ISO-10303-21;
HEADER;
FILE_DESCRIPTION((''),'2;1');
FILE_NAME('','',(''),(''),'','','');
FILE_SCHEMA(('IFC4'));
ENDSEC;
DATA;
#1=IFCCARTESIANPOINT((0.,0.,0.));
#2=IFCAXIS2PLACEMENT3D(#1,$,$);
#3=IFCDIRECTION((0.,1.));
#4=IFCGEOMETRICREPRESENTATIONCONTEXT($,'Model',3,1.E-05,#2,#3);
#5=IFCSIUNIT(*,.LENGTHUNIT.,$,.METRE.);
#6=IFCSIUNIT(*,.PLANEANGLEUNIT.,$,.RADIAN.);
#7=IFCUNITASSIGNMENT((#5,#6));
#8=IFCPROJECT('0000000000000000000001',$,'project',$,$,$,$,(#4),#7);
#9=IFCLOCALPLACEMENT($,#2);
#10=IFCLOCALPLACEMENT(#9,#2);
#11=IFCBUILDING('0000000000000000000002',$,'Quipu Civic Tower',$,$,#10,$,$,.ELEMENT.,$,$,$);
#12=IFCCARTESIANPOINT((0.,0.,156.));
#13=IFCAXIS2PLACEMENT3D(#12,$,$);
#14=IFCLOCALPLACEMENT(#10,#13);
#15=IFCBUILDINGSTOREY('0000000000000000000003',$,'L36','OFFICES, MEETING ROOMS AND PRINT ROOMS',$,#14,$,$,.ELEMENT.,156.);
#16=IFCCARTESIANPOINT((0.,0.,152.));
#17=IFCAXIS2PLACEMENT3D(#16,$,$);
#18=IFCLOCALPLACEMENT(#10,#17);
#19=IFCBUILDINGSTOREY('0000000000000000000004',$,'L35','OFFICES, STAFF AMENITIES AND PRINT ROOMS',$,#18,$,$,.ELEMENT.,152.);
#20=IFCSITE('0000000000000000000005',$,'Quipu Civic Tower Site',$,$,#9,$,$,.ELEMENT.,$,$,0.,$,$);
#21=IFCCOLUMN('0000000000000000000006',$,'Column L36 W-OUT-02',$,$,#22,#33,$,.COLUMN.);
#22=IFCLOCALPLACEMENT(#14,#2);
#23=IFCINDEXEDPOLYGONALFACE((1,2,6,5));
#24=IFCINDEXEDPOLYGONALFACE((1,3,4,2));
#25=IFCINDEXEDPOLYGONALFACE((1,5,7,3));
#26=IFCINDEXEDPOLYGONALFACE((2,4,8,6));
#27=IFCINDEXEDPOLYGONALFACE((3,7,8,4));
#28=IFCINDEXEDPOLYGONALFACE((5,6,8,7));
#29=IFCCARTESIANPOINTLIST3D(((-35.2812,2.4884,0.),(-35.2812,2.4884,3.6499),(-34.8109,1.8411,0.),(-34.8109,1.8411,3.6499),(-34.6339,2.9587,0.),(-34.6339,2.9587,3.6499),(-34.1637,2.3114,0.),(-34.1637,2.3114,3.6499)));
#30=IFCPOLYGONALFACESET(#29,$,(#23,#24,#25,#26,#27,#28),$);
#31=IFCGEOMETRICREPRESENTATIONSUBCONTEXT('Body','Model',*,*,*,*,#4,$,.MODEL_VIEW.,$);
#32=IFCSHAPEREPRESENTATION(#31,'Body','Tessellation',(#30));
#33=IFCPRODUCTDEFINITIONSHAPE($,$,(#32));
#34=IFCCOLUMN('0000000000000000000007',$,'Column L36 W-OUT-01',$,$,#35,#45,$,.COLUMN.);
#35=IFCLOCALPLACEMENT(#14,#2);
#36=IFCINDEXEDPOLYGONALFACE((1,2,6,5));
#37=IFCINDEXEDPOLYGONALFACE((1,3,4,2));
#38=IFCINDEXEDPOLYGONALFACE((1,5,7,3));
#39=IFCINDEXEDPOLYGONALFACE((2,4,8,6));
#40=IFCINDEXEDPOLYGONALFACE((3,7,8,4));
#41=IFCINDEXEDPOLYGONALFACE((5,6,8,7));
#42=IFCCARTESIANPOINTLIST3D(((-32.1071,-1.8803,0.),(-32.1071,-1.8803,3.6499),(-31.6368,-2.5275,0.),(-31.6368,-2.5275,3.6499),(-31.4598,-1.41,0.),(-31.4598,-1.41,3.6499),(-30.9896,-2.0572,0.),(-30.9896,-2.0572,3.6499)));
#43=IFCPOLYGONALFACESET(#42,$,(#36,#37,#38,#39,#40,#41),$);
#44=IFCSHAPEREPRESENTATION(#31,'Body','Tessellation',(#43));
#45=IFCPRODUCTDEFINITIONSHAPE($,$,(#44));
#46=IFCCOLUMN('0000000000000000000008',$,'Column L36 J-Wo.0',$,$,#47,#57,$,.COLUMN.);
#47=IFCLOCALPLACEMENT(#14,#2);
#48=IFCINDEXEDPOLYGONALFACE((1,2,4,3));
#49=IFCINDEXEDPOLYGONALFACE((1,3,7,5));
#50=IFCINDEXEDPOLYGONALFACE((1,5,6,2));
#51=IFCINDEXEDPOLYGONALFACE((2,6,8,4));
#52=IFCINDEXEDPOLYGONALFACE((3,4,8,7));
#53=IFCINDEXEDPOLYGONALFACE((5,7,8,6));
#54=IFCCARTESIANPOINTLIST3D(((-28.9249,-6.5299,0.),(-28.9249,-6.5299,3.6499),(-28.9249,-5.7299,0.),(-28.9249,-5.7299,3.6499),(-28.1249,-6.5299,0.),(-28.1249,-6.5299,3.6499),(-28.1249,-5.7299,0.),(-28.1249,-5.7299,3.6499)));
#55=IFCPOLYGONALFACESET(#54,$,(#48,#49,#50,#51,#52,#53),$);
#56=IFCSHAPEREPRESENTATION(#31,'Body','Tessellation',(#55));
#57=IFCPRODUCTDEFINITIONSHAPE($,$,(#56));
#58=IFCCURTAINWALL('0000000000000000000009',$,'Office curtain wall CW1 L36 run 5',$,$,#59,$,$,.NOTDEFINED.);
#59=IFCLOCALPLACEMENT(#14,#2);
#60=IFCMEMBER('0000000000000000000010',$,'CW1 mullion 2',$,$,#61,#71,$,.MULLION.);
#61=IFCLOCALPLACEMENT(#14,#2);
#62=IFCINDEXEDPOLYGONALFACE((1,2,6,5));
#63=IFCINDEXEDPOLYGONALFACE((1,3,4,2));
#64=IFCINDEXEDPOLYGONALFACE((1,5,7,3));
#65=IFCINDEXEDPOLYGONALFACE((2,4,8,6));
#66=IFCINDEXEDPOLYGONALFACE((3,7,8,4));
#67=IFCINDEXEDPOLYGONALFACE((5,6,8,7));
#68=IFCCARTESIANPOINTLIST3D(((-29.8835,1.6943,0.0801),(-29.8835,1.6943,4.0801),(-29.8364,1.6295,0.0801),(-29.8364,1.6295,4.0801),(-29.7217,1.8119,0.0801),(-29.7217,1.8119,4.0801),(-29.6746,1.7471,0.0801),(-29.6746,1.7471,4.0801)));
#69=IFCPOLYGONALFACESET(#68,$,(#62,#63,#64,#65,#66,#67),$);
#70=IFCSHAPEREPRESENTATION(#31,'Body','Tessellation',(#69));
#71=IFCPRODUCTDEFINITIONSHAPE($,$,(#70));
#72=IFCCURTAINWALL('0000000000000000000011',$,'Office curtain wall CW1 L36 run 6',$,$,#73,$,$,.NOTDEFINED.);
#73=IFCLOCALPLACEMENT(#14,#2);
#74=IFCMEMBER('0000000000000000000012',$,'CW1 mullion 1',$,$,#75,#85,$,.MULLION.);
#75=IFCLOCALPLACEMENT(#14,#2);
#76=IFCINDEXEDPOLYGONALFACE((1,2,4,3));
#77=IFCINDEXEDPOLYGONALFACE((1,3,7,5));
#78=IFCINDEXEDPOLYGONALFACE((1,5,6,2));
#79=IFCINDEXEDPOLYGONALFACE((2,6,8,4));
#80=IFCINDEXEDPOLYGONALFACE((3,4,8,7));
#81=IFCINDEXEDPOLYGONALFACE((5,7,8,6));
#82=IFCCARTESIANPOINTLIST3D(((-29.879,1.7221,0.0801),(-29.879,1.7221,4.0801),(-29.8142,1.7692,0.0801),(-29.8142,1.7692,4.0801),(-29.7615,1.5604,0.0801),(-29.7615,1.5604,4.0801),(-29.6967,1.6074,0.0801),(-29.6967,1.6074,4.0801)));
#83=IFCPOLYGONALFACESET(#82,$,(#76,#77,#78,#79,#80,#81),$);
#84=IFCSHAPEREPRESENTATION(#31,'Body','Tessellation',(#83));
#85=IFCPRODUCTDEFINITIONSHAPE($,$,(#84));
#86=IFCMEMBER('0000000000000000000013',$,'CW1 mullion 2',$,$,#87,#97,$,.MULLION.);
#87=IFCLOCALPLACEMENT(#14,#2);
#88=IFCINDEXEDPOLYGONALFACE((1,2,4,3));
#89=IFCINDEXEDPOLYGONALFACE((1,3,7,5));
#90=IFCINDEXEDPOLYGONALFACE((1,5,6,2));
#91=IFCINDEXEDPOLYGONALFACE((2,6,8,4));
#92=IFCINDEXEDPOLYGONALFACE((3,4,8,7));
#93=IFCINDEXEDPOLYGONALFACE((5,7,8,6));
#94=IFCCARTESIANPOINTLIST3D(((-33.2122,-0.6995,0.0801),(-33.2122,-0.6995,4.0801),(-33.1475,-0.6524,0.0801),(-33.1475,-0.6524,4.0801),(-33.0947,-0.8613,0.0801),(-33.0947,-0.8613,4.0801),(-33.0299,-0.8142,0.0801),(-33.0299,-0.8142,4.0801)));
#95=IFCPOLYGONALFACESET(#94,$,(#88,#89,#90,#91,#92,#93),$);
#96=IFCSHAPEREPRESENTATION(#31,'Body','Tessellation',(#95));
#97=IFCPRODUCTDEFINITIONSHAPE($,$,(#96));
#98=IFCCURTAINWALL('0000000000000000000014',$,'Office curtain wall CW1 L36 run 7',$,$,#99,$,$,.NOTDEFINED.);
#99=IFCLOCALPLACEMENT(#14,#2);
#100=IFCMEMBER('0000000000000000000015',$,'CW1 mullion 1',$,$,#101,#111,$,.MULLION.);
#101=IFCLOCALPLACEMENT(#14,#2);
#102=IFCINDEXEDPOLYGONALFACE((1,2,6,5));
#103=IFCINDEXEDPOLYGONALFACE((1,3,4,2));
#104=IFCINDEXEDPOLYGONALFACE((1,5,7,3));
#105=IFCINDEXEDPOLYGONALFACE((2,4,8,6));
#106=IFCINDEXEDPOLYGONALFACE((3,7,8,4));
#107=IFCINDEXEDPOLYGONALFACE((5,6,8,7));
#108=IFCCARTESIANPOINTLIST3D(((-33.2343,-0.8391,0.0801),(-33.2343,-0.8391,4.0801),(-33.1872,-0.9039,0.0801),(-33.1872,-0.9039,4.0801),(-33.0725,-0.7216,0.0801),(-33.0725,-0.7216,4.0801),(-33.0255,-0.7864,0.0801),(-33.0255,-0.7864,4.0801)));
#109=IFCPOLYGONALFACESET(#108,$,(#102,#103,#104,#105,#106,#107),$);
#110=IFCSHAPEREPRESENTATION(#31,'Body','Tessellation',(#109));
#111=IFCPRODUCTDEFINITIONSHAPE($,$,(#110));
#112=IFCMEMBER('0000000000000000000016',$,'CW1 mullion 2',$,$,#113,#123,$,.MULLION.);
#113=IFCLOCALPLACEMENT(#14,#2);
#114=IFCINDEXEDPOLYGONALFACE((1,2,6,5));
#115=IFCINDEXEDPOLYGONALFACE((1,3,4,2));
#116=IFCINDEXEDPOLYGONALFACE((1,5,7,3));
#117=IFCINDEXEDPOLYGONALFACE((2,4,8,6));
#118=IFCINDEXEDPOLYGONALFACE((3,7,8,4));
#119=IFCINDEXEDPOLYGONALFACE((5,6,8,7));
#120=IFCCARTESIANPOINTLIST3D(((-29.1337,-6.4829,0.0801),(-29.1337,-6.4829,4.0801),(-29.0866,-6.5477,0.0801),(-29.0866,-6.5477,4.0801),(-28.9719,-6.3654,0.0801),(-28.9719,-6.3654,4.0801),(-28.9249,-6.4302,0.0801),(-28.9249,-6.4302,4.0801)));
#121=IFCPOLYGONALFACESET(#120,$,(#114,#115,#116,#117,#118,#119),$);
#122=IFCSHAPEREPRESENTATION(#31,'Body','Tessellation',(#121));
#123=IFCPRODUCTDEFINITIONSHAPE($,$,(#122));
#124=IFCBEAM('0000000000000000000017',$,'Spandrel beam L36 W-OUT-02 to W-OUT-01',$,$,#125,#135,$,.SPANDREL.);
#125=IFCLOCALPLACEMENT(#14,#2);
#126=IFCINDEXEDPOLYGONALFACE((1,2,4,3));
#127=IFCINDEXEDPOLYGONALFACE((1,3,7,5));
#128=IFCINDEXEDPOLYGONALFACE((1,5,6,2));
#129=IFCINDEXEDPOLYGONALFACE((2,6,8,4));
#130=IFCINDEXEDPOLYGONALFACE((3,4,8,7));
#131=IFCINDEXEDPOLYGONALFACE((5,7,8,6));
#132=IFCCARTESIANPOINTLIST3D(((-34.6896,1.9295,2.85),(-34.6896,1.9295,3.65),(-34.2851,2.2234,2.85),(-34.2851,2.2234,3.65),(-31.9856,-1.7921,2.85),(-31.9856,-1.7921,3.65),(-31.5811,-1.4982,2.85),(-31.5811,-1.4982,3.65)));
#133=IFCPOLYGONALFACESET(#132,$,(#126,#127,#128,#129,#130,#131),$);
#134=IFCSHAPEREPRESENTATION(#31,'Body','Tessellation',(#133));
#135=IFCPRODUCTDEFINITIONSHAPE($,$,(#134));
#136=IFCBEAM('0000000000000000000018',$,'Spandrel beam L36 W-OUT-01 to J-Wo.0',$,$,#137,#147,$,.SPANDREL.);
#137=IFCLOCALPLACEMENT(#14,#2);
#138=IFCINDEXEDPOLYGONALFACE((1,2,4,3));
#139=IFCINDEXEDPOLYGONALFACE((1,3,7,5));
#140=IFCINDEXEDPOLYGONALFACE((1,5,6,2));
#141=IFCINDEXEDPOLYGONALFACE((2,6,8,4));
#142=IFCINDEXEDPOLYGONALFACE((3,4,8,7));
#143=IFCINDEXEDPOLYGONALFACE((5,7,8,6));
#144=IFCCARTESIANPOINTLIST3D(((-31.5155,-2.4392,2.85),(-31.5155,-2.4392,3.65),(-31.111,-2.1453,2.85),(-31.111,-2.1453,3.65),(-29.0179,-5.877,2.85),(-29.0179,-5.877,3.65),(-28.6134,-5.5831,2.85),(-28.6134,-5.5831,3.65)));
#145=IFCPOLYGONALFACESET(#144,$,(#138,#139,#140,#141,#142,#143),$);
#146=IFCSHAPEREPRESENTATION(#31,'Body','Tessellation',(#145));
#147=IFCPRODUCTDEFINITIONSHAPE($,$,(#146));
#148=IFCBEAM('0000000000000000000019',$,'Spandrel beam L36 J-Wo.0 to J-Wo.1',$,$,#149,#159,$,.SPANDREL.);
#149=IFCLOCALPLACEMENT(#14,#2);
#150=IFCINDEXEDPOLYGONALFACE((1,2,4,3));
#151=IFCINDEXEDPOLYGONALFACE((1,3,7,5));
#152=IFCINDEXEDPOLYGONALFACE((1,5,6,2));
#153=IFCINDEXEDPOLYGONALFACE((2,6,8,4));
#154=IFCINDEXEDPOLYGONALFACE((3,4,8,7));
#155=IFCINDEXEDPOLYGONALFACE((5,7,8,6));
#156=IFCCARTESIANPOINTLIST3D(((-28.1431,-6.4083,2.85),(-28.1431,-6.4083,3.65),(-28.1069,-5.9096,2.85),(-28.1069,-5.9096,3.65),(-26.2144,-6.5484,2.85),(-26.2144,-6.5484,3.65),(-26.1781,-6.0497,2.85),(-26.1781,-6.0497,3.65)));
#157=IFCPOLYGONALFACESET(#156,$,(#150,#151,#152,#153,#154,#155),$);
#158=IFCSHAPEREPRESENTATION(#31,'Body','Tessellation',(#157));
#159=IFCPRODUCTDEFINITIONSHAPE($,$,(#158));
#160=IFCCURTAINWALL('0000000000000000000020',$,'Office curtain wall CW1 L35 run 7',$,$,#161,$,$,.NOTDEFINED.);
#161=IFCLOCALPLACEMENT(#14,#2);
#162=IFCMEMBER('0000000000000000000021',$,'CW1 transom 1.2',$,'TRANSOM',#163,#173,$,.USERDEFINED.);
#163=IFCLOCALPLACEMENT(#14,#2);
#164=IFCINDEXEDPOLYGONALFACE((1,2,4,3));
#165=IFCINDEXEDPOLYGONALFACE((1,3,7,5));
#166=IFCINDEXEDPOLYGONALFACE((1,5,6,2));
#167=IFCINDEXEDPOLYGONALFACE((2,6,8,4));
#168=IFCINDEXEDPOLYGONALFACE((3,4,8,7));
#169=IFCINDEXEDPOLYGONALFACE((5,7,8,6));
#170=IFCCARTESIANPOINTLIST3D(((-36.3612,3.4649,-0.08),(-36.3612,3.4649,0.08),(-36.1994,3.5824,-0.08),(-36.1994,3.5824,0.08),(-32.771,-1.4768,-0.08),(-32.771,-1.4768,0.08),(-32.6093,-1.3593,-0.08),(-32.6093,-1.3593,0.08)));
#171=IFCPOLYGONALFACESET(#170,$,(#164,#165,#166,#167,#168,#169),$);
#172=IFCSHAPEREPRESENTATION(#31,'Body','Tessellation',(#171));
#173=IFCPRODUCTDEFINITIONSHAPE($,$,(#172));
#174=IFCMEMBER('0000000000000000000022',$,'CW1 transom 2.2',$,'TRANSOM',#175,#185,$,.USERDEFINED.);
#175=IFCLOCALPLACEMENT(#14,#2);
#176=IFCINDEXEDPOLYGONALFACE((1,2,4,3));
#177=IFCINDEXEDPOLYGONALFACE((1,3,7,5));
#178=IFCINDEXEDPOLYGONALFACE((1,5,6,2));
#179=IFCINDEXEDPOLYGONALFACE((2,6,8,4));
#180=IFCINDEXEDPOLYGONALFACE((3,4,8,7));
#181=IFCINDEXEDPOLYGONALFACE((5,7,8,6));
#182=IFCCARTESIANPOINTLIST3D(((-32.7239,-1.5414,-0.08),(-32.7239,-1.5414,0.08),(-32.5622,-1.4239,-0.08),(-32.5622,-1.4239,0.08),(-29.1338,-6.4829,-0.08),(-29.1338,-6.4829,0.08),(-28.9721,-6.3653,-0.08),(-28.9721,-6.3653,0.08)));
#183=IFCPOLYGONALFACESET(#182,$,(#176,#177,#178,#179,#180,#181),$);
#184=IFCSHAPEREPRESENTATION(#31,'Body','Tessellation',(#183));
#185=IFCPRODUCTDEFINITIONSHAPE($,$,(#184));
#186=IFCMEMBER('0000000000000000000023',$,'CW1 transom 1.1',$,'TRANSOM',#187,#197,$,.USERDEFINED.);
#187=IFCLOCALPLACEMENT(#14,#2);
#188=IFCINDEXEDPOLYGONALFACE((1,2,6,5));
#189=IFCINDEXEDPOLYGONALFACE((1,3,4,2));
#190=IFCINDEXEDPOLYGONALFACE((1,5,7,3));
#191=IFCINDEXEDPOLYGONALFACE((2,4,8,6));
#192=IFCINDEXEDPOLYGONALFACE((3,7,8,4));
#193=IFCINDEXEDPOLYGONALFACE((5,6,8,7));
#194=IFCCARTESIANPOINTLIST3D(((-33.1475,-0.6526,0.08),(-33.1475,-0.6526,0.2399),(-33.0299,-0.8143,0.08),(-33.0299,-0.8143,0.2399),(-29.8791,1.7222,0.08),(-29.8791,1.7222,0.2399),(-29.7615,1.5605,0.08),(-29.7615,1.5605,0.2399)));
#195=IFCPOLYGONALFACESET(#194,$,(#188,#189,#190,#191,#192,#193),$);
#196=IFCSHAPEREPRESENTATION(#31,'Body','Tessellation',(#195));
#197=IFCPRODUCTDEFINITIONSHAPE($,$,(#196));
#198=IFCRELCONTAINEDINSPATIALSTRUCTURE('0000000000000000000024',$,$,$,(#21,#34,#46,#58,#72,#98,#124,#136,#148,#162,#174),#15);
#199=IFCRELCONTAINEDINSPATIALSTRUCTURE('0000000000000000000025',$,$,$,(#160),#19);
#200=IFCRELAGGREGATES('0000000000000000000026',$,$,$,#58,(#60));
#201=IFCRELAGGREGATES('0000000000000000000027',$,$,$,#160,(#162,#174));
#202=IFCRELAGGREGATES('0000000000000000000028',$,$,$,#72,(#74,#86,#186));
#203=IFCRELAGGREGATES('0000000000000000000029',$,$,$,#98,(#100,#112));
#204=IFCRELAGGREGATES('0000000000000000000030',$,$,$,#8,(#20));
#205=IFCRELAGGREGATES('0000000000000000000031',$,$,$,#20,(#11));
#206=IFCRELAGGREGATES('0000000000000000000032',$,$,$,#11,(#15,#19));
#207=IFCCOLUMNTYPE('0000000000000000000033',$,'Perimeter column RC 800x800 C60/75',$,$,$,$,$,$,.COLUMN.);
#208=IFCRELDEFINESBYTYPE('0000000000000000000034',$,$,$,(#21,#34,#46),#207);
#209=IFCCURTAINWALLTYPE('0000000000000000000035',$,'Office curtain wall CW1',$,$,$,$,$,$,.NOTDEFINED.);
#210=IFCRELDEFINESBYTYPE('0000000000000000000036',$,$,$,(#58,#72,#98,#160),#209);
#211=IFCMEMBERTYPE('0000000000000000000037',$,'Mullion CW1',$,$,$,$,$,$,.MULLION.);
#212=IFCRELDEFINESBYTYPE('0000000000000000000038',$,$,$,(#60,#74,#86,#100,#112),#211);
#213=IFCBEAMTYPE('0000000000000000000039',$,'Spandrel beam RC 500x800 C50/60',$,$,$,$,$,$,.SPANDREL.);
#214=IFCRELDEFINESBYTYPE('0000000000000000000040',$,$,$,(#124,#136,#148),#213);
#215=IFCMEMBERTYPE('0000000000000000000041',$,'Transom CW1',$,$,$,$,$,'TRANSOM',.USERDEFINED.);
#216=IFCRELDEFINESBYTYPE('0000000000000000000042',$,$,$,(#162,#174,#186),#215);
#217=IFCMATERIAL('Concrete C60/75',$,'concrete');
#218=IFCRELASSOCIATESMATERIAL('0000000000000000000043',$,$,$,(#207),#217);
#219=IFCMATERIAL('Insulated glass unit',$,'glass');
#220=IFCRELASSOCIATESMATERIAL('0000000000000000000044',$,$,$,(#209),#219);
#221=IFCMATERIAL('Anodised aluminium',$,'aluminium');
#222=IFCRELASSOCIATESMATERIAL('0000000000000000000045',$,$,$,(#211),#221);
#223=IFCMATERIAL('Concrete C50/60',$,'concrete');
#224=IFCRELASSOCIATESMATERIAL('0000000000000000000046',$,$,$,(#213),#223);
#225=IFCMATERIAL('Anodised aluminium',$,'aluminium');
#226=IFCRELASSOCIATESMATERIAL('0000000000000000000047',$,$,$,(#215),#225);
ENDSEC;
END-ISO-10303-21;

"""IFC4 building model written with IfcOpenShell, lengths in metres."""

from ifc_helpers import new_model, si_unit, direction, frame, origin, origin_2d, place, context, subcontext, project, spatial, rectangle, extrude, material, material_profile, profile_set, type_object, element, aggregate, save


model = new_model("IFC4")

# Units and contexts
model_context = context("Model", 3, precision=1e-05, world=origin(), true_north=direction((0.0, 1.0)))
body_context = subcontext(model_context, "Body", "Model", "MODEL_VIEW")
ifc_project = project(units=[si_unit("LENGTHUNIT", "METRE"), si_unit("PLANEANGLEUNIT", "RADIAN")], contexts=[model_context])

# Site, building, storey
site_placement = place(None, origin())
site = spatial("IfcSite", under=ifc_project, at=site_placement, Name="Quipu Civic Tower Site", CompositionType="ELEMENT", RefElevation=0.0)
building_placement = place(site_placement, origin())
building = spatial("IfcBuilding", under=site, at=building_placement, Name="Quipu Civic Tower", CompositionType="ELEMENT")
storey_1_placement = place(building_placement, frame((0.0, 0.0, 156.0)))
storey_1 = spatial("IfcBuildingStorey", under=building, at=storey_1_placement, Name="L36", Description="OFFICES, MEETING ROOMS AND PRINT ROOMS", CompositionType="ELEMENT", Elevation=156.0)

# Columns
ifc_material_1 = material(Name="Concrete C60/75", Category="concrete")
ifc_material_profile_1 = material_profile(ifc_material_1, rectangle(XDim=0.8, YDim=0.8, at=origin_2d()), Name="RC800x800")
ifc_profile_set_1 = profile_set([ifc_material_profile_1], Name="Concrete C60/75")
column_type = type_object("IfcColumnType", Name="Perimeter column RC 800x800 C60/75", PredefinedType="COLUMN", material=ifc_profile_set_1)
for number, where, z_axis, x_axis, name in (
    (1, (-34.7224, 2.3999, 0.0), (0.0, 0.0, 1.0), (0.587785, -0.809017, 0.0), "Column L36 W-OUT-02"),
    (2, (-31.5483, -1.9688, 0.0), (0.0, 0.0, 1.0), (0.587785, -0.809017, 0.0), "Column L36 W-OUT-01"),
    (3, (-28.5249, -6.1299, 0.0), (0.0, 0.0, 1.0), (1.0, 0.0, 0.0), "Column L36 J-Wo.0"),
):
    element("IfcColumn", number, at=place(storey_1_placement, frame(where, z_axis=z_axis, x_axis=x_axis)), inside=storey_1, type_object=column_type, Name=name, PredefinedType="COLUMN", context=body_context, shape_type="SweptSolid", body=[
        extrude(rectangle(XDim=0.8, YDim=0.8, at=origin_2d()), origin(), (0.0, 0.0, 1.0), 3.6499),
    ])

# Curtain wall, member
ifc_material_2 = material(Name="Insulated glass unit", Category="glass")
curtain_wall_type = type_object("IfcCurtainWallType", Name="Office curtain wall CW1", PredefinedType="NOTDEFINED", material=ifc_material_2)
curtain_wall_1_placement = place(storey_1_placement, origin())
curtain_wall_1 = element("IfcCurtainWall", 4, at=curtain_wall_1_placement, inside=storey_1, type_object=curtain_wall_type, Name="Office curtain wall CW1 L36 run 5", PredefinedType="NOTDEFINED")
ifc_material_3 = material(Name="Anodised aluminium", Category="aluminium")
ifc_material_profile_2 = material_profile(ifc_material_3, rectangle(XDim=0.2, YDim=0.0801, at=origin_2d()), Name="RECT 200x80")
ifc_profile_set_2 = profile_set([ifc_material_profile_2], Name="Anodised aluminium")
member_type_1 = type_object("IfcMemberType", Name="Mullion CW1", PredefinedType="MULLION", material=ifc_profile_set_2)
member_1_placement = place(storey_1_placement, frame((-29.7791, 1.7207, 0.0801), z_axis=(0.0, 0.0, 1.0), x_axis=(0.809019, 0.587783, 0.0)))
member_1 = element("IfcMember", 5, at=member_1_placement, type_object=member_type_1, Name="CW1 mullion 2", PredefinedType="MULLION", context=body_context, shape_type="SweptSolid", body=[
    extrude(rectangle(XDim=0.2, YDim=0.0801, at=origin_2d()), origin(), (0.0, 0.0, 1.0), 4.0),
])
aggregate(curtain_wall_1, [member_1])

# Curtain walls, members
curtain_wall_2_placement = place(storey_1_placement, origin())
curtain_wall_2 = element("IfcCurtainWall", 6, at=curtain_wall_2_placement, inside=storey_1, type_object=curtain_wall_type, Name="Office curtain wall CW1 L36 run 6", PredefinedType="NOTDEFINED")
member_2_placement = place(storey_1_placement, frame((-29.7878, 1.6648, 0.0801), z_axis=(0.0, 0.0, 1.0), x_axis=(0.587782, -0.809019, 0.0)))
member_2 = element("IfcMember", 7, at=member_2_placement, type_object=member_type_1, Name="CW1 mullion 1", PredefinedType="MULLION", context=body_context, shape_type="SweptSolid", body=[
    extrude(rectangle(XDim=0.2, YDim=0.0801, at=origin_2d()), origin(), (0.0, 0.0, 1.0), 4.0),
])
member_3_placement = place(storey_1_placement, frame((-33.1211, -0.7568, 0.0801), z_axis=(0.0, 0.0, 1.0), x_axis=(0.587782, -0.809019, 0.0)))
member_3 = element("IfcMember", 8, at=member_3_placement, type_object=member_type_1, Name="CW1 mullion 2", PredefinedType="MULLION", context=body_context, shape_type="SweptSolid", body=[
    extrude(rectangle(XDim=0.2, YDim=0.0801, at=origin_2d()), origin(), (0.0, 0.0, 1.0), 4.0),
])
curtain_wall_3_placement = place(storey_1_placement, origin())
curtain_wall_3 = element("IfcCurtainWall", 9, at=curtain_wall_3_placement, inside=storey_1, type_object=curtain_wall_type, Name="Office curtain wall CW1 L36 run 7", PredefinedType="NOTDEFINED")
member_4_placement = place(storey_1_placement, frame((-33.1299, -0.8127, 0.0801), z_axis=(0.0, 0.0, 1.0), x_axis=(0.809015, 0.587788, 0.0)))
member_4 = element("IfcMember", 10, at=member_4_placement, type_object=member_type_1, Name="CW1 mullion 1", PredefinedType="MULLION", context=body_context, shape_type="SweptSolid", body=[
    extrude(rectangle(XDim=0.2, YDim=0.0801, at=origin_2d()), origin(), (0.0, 0.0, 1.0), 4.0),
])
member_5_placement = place(storey_1_placement, frame((-29.0293, -6.4565, 0.0801), z_axis=(0.0, 0.0, 1.0), x_axis=(0.809015, 0.587788, 0.0)))
member_5 = element("IfcMember", 11, at=member_5_placement, type_object=member_type_1, Name="CW1 mullion 2", PredefinedType="MULLION", context=body_context, shape_type="SweptSolid", body=[
    extrude(rectangle(XDim=0.2, YDim=0.0801, at=origin_2d()), origin(), (0.0, 0.0, 1.0), 4.0),
])

# Beams
ifc_material_4 = material(Name="Concrete C50/60", Category="concrete")
ifc_material_profile_3 = material_profile(ifc_material_4, rectangle(XDim=0.5, YDim=0.8, at=origin_2d()), Name="RC500x800")
ifc_profile_set_3 = profile_set([ifc_material_profile_3], Name="Concrete C50/60")
beam_type = type_object("IfcBeamType", Name="Spandrel beam RC 500x800 C50/60", PredefinedType="SPANDREL", material=ifc_profile_set_3)
beam_1_placement = place(storey_1_placement, frame((-34.4873, 2.0764, 3.25), z_axis=(0.587796, -0.809009, 0.0), x_axis=(0.809009, 0.587796, 0.0)))
element("IfcBeam", 12, at=beam_1_placement, inside=storey_1, type_object=beam_type, Name="Spandrel beam L36 W-OUT-02 to W-OUT-01", PredefinedType="SPANDREL", context=body_context, shape_type="SweptSolid", body=[
    extrude(rectangle(XDim=0.5, YDim=0.8, at=origin_2d()), origin(), (0.0, 0.0, 1.0), 4.6001),
])
beam_2_placement = place(storey_1_placement, frame((-31.3132, -2.2922, 3.25), z_axis=(0.587769, -0.809029, 0.0), x_axis=(0.809029, 0.587769, 0.0)))
element("IfcBeam", 13, at=beam_2_placement, inside=storey_1, type_object=beam_type, Name="Spandrel beam L36 W-OUT-01 to J-Wo.0", PredefinedType="SPANDREL", context=body_context, shape_type="SweptSolid", body=[
    extrude(rectangle(XDim=0.5, YDim=0.8, at=origin_2d()), origin(), (0.0, 0.0, 1.0), 4.2493),
])
beam_3_placement = place(storey_1_placement, frame((-28.125, -6.1589, 3.25), z_axis=(0.997371, -0.072467, 0.0), x_axis=(0.072467, 0.997371, 0.0)))
element("IfcBeam", 14, at=beam_3_placement, inside=storey_1, type_object=beam_type, Name="Spandrel beam L36 J-Wo.0 to J-Wo.1", PredefinedType="SPANDREL", context=body_context, shape_type="SweptSolid", body=[
    extrude(rectangle(XDim=0.5, YDim=0.8, at=origin_2d()), origin(), (0.0, 0.0, 1.0), 1.9338),
])

# Shared definitions
storey_2_placement = place(building_placement, frame((0.0, 0.0, 152.0)))
storey_2 = spatial("IfcBuildingStorey", under=building, at=storey_2_placement, Name="L35", Description="OFFICES, STAFF AMENITIES AND PRINT ROOMS", CompositionType="ELEMENT", Elevation=152.0)

# Curtain wall, members
curtain_wall_4_placement = place(storey_2_placement, origin())
curtain_wall_4 = element("IfcCurtainWall", 15, at=curtain_wall_4_placement, inside=storey_2, type_object=curtain_wall_type, Name="Office curtain wall CW1 L35 run 7", PredefinedType="NOTDEFINED")
ifc_material_5 = material(Name="Anodised aluminium", Category="aluminium")
ifc_material_profile_4 = material_profile(ifc_material_5, rectangle(XDim=0.2, YDim=0.1599, at=origin_2d()), Name="RECT 200x160")
ifc_profile_set_4 = profile_set([ifc_material_profile_4], Name="Anodised aluminium")
member_type_2 = type_object("IfcMemberType", Name="Transom CW1", ElementType="TRANSOM", PredefinedType="USERDEFINED", material=ifc_profile_set_4)
member_6_placement = place(storey_1_placement, frame((-36.2803, 3.5237, 0.0), z_axis=(0.58776, -0.809035, 0.0), x_axis=(0.809035, 0.58776, 0.0)))
member_6 = element("IfcMember", 16, at=member_6_placement, inside=storey_1, type_object=member_type_2, Name="CW1 transom 1.2", ObjectType="TRANSOM", PredefinedType="USERDEFINED", context=body_context, shape_type="SweptSolid", body=[
    extrude(rectangle(XDim=0.2, YDim=0.1599, at=origin_2d()), origin(), (0.0, 0.0, 1.0), 6.1082),
])
member_7_placement = place(storey_1_placement, frame((-32.6431, -1.4827, 0.0), z_axis=(0.587779, -0.809021, 0.0), x_axis=(0.809021, 0.587779, 0.0)))
member_7 = element("IfcMember", 17, at=member_7_placement, inside=storey_1, type_object=member_type_2, Name="CW1 transom 2.2", ObjectType="TRANSOM", PredefinedType="USERDEFINED", context=body_context, shape_type="SweptSolid", body=[
    extrude(rectangle(XDim=0.2, YDim=0.1599, at=origin_2d()), origin(), (0.0, 0.0, 1.0), 6.1079),
])
aggregate(curtain_wall_4, [member_6, member_7])

# Member
member_8_placement = place(storey_1_placement, frame((-29.8203, 1.6414, 0.1599), z_axis=(-0.808995, -0.587816, 0.0), x_axis=(0.587816, -0.808995, 0.0)))
member_8 = element("IfcMember", 18, at=member_8_placement, type_object=member_type_2, Name="CW1 transom 1.1", ObjectType="TRANSOM", PredefinedType="USERDEFINED", context=body_context, shape_type="SweptSolid", body=[
    extrude(rectangle(XDim=0.2, YDim=0.1599, at=origin_2d()), origin(), (0.0, 0.0, 1.0), 4.04),
])

aggregate(curtain_wall_2, [member_2, member_3, member_8])
aggregate(curtain_wall_3, [member_4, member_5])

save(model, "model.ifc")
